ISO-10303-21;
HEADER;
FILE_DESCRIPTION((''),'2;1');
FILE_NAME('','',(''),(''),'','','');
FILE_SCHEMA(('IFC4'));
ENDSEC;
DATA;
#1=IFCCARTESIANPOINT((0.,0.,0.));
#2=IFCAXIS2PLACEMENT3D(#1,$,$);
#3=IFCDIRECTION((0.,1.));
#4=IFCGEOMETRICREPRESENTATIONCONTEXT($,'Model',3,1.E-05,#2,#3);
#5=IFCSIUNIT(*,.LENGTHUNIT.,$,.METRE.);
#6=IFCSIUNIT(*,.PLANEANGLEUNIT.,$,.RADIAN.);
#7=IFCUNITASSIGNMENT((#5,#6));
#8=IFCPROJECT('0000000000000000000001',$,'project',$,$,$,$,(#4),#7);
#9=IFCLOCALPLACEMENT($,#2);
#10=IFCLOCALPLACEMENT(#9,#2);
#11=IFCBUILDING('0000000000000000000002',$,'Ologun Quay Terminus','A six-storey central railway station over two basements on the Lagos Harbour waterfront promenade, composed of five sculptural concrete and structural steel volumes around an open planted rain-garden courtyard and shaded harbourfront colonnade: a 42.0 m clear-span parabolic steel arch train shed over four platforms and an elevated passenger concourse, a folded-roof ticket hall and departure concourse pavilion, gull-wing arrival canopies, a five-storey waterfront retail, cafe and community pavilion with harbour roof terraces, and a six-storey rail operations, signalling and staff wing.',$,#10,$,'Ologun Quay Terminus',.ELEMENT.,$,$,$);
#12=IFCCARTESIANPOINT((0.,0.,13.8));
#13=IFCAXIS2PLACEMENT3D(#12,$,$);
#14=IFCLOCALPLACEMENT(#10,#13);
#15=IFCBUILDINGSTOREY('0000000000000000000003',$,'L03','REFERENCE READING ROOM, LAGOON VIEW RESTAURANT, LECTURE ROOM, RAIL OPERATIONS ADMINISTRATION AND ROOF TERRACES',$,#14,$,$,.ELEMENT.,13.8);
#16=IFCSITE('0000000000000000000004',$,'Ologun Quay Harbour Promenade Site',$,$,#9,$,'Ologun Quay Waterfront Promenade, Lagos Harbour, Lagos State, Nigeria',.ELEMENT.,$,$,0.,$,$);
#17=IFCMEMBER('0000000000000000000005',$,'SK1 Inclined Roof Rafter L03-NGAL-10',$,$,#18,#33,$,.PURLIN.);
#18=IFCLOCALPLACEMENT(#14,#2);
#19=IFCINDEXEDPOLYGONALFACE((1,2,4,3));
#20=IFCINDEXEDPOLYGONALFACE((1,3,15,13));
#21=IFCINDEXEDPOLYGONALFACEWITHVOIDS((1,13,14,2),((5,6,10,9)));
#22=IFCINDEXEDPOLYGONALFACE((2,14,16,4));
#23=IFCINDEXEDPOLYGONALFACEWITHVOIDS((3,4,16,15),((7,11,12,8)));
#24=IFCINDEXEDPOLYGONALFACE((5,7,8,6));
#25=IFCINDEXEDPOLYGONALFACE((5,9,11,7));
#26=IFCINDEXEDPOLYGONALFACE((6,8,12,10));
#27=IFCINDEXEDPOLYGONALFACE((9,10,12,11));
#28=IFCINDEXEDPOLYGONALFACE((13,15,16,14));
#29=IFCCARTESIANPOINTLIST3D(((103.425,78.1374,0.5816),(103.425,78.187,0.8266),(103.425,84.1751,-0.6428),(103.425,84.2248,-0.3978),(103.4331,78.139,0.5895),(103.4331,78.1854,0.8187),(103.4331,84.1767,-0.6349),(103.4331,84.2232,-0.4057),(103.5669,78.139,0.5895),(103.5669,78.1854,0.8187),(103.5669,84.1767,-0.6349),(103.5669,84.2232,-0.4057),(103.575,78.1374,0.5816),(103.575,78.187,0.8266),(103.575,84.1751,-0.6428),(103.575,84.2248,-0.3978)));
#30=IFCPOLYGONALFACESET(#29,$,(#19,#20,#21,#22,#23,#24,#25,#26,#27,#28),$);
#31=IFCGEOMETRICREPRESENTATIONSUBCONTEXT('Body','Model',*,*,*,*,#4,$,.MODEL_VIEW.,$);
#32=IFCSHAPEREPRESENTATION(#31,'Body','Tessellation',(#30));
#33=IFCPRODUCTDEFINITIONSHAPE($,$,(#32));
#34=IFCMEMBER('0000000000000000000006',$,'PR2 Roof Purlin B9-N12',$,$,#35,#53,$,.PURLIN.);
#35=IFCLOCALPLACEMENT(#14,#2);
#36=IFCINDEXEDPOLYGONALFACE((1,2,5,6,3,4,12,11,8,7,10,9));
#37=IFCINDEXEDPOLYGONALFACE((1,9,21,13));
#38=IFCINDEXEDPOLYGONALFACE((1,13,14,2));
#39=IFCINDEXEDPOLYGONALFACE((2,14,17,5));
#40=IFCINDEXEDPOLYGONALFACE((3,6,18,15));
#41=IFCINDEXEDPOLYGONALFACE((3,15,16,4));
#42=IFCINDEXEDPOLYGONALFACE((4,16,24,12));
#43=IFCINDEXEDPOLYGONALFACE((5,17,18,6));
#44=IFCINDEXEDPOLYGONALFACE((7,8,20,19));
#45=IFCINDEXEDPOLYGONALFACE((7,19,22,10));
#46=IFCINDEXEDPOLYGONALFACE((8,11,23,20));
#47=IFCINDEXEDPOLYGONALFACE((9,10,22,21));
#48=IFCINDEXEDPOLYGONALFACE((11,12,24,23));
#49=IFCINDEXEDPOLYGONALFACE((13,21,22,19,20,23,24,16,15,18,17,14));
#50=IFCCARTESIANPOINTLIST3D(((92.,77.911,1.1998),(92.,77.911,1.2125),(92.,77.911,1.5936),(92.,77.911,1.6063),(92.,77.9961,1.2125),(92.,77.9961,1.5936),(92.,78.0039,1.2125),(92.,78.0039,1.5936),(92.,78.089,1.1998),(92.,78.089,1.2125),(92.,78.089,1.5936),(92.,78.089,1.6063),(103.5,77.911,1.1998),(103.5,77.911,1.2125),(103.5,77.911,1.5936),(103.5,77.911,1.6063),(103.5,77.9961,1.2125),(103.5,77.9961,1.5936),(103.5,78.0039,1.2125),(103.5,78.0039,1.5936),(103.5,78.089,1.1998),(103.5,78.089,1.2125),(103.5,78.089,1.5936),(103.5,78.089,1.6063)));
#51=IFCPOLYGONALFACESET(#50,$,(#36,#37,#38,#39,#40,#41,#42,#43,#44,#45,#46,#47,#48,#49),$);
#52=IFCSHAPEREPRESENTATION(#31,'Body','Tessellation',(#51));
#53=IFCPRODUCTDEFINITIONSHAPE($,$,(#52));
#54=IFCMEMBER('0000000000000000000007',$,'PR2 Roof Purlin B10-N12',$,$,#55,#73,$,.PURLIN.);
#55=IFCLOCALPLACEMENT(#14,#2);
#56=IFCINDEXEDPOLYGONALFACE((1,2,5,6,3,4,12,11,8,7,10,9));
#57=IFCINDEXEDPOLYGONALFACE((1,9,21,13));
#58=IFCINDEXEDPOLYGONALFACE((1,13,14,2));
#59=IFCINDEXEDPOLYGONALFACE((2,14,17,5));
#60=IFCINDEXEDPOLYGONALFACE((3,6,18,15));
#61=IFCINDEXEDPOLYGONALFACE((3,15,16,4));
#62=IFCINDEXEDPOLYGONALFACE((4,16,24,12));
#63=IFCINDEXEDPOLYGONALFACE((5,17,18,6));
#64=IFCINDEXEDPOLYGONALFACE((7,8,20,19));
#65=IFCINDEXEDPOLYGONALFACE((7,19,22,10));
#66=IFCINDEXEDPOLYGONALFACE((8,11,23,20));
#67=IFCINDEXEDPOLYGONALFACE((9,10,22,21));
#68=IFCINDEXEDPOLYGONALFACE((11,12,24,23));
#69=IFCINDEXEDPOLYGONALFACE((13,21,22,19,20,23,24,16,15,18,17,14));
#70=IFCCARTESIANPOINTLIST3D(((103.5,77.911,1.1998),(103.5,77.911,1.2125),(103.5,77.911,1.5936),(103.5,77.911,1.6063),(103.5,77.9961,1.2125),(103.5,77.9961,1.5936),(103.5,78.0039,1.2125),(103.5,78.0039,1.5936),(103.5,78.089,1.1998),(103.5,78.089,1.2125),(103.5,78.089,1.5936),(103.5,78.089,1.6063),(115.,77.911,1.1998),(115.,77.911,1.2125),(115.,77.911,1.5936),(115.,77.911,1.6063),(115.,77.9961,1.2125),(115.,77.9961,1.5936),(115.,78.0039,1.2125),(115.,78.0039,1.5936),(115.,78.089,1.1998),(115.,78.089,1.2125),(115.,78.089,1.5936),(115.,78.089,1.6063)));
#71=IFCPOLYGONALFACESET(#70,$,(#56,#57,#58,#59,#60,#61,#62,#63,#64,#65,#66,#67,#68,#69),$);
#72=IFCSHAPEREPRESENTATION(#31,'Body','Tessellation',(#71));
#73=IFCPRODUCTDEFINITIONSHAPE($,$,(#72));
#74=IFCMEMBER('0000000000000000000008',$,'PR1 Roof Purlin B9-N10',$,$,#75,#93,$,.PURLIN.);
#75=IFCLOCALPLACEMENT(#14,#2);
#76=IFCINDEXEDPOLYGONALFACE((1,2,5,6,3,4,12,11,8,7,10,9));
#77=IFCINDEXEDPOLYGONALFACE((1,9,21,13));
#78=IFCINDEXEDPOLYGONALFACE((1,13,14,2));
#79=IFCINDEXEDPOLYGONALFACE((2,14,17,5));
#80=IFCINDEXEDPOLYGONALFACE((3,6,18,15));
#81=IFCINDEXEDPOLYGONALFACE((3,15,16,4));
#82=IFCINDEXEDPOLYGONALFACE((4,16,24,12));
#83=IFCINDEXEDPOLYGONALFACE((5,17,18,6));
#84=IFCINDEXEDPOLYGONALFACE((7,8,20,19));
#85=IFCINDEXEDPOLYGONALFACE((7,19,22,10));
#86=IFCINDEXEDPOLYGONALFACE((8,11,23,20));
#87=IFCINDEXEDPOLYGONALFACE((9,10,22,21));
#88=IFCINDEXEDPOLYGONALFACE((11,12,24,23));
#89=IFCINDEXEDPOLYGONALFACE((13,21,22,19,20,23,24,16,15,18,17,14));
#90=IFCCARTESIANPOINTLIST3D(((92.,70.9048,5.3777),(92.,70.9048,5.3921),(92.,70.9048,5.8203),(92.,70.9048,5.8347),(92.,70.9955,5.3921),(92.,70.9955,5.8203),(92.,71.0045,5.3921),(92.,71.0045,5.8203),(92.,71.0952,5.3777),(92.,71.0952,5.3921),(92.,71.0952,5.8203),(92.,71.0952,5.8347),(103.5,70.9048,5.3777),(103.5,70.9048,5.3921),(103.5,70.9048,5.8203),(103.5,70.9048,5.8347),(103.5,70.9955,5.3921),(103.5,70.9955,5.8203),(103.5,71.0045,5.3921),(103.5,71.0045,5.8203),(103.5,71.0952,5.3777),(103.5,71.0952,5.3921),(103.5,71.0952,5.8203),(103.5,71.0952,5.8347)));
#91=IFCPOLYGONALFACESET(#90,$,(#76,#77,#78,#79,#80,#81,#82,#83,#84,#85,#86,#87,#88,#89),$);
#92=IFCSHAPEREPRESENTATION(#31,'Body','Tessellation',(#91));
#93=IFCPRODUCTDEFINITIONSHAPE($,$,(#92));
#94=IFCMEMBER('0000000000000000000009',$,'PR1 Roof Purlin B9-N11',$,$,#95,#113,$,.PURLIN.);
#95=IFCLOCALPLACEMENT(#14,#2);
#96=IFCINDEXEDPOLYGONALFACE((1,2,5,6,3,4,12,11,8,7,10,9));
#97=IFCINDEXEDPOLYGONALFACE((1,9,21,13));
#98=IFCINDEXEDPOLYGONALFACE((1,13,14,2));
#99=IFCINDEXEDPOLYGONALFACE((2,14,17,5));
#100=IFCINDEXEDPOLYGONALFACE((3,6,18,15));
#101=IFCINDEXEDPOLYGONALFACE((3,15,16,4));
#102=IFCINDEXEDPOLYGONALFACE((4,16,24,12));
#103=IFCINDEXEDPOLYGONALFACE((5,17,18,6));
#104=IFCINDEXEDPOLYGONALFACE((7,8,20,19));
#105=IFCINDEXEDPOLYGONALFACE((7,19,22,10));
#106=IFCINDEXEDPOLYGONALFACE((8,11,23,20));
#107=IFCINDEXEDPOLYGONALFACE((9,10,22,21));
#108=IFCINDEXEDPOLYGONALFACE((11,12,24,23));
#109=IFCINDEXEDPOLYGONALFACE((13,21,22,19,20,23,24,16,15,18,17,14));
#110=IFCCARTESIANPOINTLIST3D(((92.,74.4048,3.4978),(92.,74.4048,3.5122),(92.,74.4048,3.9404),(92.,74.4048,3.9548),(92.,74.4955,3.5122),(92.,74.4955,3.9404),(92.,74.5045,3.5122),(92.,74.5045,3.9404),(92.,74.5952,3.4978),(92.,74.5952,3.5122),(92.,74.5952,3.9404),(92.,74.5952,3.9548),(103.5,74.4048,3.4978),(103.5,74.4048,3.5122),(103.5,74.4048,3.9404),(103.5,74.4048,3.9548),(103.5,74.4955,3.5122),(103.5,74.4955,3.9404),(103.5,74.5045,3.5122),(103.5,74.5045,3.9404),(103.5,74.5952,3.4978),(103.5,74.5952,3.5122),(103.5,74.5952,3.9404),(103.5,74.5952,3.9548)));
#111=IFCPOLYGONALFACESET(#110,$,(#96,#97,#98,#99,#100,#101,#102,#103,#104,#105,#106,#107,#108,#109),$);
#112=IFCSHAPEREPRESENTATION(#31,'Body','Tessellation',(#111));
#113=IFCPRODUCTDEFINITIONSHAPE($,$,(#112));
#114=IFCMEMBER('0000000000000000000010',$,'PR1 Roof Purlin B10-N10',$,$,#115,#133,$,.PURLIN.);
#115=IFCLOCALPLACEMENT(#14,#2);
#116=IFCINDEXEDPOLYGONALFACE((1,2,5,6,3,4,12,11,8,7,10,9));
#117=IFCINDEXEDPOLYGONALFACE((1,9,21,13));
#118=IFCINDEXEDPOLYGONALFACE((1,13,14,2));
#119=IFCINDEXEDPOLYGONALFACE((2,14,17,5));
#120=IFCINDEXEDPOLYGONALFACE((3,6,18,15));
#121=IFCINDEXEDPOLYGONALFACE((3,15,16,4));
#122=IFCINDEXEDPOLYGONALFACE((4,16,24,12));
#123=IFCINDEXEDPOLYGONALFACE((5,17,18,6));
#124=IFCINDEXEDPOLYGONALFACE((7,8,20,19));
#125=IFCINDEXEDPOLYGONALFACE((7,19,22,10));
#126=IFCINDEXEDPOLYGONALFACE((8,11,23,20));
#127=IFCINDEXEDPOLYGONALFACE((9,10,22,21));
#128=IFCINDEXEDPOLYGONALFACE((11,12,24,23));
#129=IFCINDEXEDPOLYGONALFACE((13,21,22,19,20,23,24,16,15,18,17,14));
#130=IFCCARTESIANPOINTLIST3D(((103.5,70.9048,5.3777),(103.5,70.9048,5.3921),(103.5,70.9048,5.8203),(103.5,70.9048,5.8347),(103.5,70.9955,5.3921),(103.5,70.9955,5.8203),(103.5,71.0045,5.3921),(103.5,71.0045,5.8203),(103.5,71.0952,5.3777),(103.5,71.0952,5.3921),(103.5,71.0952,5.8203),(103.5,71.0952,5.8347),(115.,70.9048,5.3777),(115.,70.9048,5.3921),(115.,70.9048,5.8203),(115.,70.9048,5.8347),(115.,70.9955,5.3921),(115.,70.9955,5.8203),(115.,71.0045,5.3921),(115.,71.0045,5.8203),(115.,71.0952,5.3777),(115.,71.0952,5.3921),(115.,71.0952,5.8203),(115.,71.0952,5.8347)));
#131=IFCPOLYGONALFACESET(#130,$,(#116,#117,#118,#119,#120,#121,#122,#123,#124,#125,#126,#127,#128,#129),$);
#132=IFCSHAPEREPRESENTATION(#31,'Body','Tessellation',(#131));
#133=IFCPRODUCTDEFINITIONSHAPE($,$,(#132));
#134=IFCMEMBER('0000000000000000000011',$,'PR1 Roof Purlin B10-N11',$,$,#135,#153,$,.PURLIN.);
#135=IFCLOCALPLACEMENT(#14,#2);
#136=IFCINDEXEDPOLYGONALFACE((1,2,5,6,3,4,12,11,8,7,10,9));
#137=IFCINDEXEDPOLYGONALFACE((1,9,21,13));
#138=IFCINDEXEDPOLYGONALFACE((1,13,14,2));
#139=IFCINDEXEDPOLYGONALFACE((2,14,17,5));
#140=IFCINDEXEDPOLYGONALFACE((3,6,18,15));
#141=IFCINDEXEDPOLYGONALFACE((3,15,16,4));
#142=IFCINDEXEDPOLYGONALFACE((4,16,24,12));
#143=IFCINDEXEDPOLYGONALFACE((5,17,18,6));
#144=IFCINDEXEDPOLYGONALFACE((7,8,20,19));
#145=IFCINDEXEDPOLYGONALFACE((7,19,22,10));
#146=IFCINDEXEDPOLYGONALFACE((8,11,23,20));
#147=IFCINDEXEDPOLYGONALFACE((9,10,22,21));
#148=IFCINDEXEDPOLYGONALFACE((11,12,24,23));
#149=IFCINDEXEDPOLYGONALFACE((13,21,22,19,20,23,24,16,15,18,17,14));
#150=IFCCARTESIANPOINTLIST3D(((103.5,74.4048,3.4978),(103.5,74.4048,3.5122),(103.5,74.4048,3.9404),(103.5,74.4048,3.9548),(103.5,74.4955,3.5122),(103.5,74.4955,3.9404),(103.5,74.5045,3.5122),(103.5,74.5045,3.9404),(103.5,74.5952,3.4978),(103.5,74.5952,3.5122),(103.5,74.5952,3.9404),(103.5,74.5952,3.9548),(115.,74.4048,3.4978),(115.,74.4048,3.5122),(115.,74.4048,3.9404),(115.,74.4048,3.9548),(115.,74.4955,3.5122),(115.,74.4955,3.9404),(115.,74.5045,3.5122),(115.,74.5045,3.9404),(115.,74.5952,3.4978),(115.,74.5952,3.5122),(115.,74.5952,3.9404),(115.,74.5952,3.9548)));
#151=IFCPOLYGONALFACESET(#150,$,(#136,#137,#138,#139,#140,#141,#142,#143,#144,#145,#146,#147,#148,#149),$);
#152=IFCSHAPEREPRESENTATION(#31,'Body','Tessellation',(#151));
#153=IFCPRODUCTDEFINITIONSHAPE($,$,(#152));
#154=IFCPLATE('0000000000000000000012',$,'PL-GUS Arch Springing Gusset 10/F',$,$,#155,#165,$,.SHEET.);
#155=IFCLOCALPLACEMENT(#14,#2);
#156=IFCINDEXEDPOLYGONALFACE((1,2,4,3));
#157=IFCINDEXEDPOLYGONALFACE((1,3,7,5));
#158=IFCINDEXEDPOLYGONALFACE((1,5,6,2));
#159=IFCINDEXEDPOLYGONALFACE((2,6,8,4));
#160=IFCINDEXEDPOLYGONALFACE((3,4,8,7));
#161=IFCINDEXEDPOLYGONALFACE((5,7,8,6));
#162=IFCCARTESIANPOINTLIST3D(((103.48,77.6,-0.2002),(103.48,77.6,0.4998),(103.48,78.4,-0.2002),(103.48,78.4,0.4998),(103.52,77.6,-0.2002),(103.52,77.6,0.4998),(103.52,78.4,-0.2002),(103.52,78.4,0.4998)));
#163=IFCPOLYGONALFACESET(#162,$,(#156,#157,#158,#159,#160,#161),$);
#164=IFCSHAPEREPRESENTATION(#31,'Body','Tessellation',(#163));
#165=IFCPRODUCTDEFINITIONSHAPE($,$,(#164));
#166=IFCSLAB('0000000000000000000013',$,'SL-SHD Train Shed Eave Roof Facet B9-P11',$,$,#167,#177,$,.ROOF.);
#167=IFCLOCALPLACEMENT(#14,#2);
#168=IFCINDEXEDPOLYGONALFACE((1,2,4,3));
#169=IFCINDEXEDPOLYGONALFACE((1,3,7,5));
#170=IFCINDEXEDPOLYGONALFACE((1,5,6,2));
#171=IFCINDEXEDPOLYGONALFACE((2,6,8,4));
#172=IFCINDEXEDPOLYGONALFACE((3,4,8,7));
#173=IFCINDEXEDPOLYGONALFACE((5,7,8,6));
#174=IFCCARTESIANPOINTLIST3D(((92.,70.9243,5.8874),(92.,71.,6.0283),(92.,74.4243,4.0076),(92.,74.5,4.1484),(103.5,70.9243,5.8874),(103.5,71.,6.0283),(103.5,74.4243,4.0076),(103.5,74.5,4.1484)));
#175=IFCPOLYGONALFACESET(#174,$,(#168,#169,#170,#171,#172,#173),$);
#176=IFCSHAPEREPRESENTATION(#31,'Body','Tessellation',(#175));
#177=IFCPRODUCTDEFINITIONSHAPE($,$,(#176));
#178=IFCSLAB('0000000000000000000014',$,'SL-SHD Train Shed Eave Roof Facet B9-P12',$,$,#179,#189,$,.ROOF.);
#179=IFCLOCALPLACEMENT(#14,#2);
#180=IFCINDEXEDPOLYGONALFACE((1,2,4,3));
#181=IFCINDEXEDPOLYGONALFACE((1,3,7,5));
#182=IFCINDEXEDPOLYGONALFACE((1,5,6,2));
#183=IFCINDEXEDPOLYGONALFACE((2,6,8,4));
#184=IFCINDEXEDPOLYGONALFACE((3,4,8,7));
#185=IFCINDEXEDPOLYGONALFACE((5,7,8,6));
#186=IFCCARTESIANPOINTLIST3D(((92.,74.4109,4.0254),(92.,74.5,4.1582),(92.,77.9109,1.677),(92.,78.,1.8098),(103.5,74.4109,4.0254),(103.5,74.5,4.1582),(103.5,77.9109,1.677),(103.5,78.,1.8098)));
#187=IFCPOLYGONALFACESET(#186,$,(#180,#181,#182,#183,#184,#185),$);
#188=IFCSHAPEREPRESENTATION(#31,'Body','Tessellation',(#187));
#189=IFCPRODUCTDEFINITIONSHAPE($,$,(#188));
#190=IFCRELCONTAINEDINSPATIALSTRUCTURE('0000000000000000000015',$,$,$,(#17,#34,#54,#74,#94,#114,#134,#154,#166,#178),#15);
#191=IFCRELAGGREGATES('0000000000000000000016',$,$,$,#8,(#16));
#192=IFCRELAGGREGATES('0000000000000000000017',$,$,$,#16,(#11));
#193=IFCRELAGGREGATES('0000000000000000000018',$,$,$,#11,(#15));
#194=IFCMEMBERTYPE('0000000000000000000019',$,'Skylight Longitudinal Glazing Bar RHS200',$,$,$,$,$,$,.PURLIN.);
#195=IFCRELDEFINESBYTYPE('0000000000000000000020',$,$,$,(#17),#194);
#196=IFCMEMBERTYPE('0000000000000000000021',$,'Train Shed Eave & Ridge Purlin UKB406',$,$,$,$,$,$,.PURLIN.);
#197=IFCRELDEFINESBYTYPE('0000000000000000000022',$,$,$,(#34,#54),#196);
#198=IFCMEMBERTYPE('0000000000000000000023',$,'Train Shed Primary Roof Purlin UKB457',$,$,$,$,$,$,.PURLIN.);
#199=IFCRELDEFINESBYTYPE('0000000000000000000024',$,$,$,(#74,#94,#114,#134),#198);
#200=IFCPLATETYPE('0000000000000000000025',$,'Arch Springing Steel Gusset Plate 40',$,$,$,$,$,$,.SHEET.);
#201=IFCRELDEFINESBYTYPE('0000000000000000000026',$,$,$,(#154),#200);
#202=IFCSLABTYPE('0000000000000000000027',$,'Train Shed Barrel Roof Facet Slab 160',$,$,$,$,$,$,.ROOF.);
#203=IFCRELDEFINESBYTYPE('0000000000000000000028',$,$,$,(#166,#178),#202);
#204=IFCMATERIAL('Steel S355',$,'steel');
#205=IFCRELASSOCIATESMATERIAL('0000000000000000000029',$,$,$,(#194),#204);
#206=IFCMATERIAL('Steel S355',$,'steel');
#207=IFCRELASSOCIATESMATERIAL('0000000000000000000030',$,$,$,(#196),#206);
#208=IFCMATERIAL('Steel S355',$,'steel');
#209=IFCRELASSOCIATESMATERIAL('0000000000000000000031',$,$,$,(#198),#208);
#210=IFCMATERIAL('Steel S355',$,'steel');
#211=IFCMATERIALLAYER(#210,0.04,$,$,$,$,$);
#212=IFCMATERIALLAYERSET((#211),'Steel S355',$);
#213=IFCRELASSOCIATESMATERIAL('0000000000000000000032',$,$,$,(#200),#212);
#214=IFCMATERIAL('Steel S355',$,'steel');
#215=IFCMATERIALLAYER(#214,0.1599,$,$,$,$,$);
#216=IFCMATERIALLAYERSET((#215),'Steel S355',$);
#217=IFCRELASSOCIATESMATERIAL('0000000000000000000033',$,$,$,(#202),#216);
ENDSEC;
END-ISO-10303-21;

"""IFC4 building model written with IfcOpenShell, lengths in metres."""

from ifc_helpers import new_model, si_unit, direction, frame, origin, origin_2d, place, context, subcontext, project, spatial, polyline, rectangle, hollow_rectangle, i_section, outline, extrude, material, layer, layer_set, material_profile, profile_set, type_object, element, save


model = new_model("IFC4")

# Units and contexts
model_context = context("Model", 3, precision=1e-05, world=origin(), true_north=direction((0.0, 1.0)))
body_context = subcontext(model_context, "Body", "Model", "MODEL_VIEW")
ifc_project = project(units=[si_unit("LENGTHUNIT", "METRE"), si_unit("PLANEANGLEUNIT", "RADIAN")], contexts=[model_context])

# Site, building, storey
site_placement = place(None, origin())
site = spatial("IfcSite", under=ifc_project, at=site_placement, Name="Ologun Quay Harbour Promenade Site", LongName="Ologun Quay Waterfront Promenade, Lagos Harbour, Lagos State, Nigeria", CompositionType="ELEMENT", RefElevation=0.0)
building_placement = place(site_placement, origin())
building = spatial("IfcBuilding", under=site, at=building_placement, Name="Ologun Quay Terminus", Description="A six-storey central railway station over two basements on the Lagos Harbour waterfront promenade, composed of five sculptural concrete and structural steel volumes around an open planted rain-garden courtyard and shaded harbourfront colonnade: a 42.0 m clear-span parabolic steel arch train shed over four platforms and an elevated passenger concourse, a folded-roof ticket hall and departure concourse pavilion, gull-wing arrival canopies, a five-storey waterfront retail, cafe and community pavilion with harbour roof terraces, and a six-storey rail operations, signalling and staff wing.", LongName="Ologun Quay Terminus", CompositionType="ELEMENT")
storey_placement = place(building_placement, frame((0.0, 0.0, 13.8)))
storey = spatial("IfcBuildingStorey", under=building, at=storey_placement, Name="L03", Description="REFERENCE READING ROOM, LAGOON VIEW RESTAURANT, LECTURE ROOM, RAIL OPERATIONS ADMINISTRATION AND ROOF TERRACES", CompositionType="ELEMENT", Elevation=13.8)

# Members
ifc_material_1 = material(Name="Steel S355", Category="steel")
ifc_material_profile_1 = material_profile(ifc_material_1, hollow_rectangle(XDim=0.1499, YDim=0.25, WallThickness=0.0081, at=origin_2d()), Name="RHS 250x150x8")
ifc_profile_set_1 = profile_set([ifc_material_profile_1], Name="Steel S355")
member_type_1 = type_object("IfcMemberType", Name="Skylight Longitudinal Glazing Bar RHS200", PredefinedType="PURLIN", material=ifc_profile_set_1)
member_1_placement = place(storey_placement, frame((103.5, 84.2, -0.5203), z_axis=(0.0, -0.980053, 0.198737), x_axis=(1.0, 0.0, 0.0)))
element("IfcMember", 1, at=member_1_placement, inside=storey, type_object=member_type_1, Name="SK1 Inclined Roof Rafter L03-NGAL-10", PredefinedType="PURLIN", context=body_context, shape_type="SweptSolid", body=[
    extrude(hollow_rectangle(XDim=0.1499, YDim=0.25, WallThickness=0.0081, at=origin_2d()), origin(), (0.0, 0.0, 1.0), 6.1606),
])
ifc_material_2 = material(Name="Steel S355", Category="steel")
ifc_material_profile_2 = material_profile(ifc_material_2, i_section(OverallWidth=0.178, OverallDepth=0.4065, WebThickness=0.0078, FlangeThickness=0.0127, at=origin_2d()), Name="UKB 406x178x60")
ifc_profile_set_2 = profile_set([ifc_material_profile_2], Name="Steel S355")
member_type_2 = type_object("IfcMemberType", Name="Train Shed Eave & Ridge Purlin UKB406", PredefinedType="PURLIN", material=ifc_profile_set_2)
for number, where, z_axis, x_axis, name in (
    (2, (92.0, 78.0, 1.4031), (1.0, 0.0, 0.0), (0.0, 1.0, 0.0), "PR2 Roof Purlin B9-N12"),
    (3, (103.5, 78.0, 1.4031), (1.0, 0.0, 0.0), (0.0, 1.0, 0.0), "PR2 Roof Purlin B10-N12"),
):
    element("IfcMember", number, at=place(storey_placement, frame(where, z_axis=z_axis, x_axis=x_axis)), inside=storey, type_object=member_type_2, Name=name, PredefinedType="PURLIN", context=body_context, shape_type="SweptSolid", body=[
        extrude(i_section(OverallWidth=0.178, OverallDepth=0.4065, WebThickness=0.0078, FlangeThickness=0.0127, at=origin_2d()), origin(), (0.0, 0.0, 1.0), 11.5),
    ])
ifc_material_3 = material(Name="Steel S355", Category="steel")
ifc_material_profile_3 = material_profile(ifc_material_3, i_section(OverallWidth=0.1904, OverallDepth=0.457, WebThickness=0.009, FlangeThickness=0.0144, at=origin_2d()), Name="UKB 457x191x74")
ifc_profile_set_3 = profile_set([ifc_material_profile_3], Name="Steel S355")
member_type_3 = type_object("IfcMemberType", Name="Train Shed Primary Roof Purlin UKB457", PredefinedType="PURLIN", material=ifc_profile_set_3)
for number, where, z_axis, x_axis, name in (
    (4, (92.0, 71.0, 5.6062), (1.0, 0.0, 0.0), (0.0, 1.0, 0.0), "PR1 Roof Purlin B9-N10"),
    (5, (92.0, 74.5, 3.7263), (1.0, 0.0, 0.0), (0.0, 1.0, 0.0), "PR1 Roof Purlin B9-N11"),
    (6, (103.5, 71.0, 5.6062), (1.0, 0.0, 0.0), (0.0, 1.0, 0.0), "PR1 Roof Purlin B10-N10"),
    (7, (103.5, 74.5, 3.7263), (1.0, 0.0, 0.0), (0.0, 1.0, 0.0), "PR1 Roof Purlin B10-N11"),
):
    element("IfcMember", number, at=place(storey_placement, frame(where, z_axis=z_axis, x_axis=x_axis)), inside=storey, type_object=member_type_3, Name=name, PredefinedType="PURLIN", context=body_context, shape_type="SweptSolid", body=[
        extrude(i_section(OverallWidth=0.1904, OverallDepth=0.457, WebThickness=0.009, FlangeThickness=0.0144, at=origin_2d()), origin(), (0.0, 0.0, 1.0), 11.5),
    ])

# Plate
ifc_material_4 = material(Name="Steel S355", Category="steel")
ifc_layer_1 = layer(ifc_material_4, 0.04)
ifc_layer_set_1 = layer_set([ifc_layer_1], Name="Steel S355")
plate_type = type_object("IfcPlateType", Name="Arch Springing Steel Gusset Plate 40", PredefinedType="SHEET", material=ifc_layer_set_1)
plate_placement = place(storey_placement, frame((103.5, 78.0, -0.2002), z_axis=(0.0, 0.0, 1.0), x_axis=(0.0, 1.0, 0.0)))
element("IfcPlate", 8, at=plate_placement, inside=storey, type_object=plate_type, Name="PL-GUS Arch Springing Gusset 10/F", PredefinedType="SHEET", context=body_context, shape_type="SweptSolid", body=[
    extrude(rectangle(XDim=0.8, YDim=0.04, at=origin_2d()), origin(), (0.0, 0.0, 1.0), 0.7),
])

# Slabs
ifc_material_5 = material(Name="Steel S355", Category="steel")
ifc_layer_2 = layer(ifc_material_5, 0.1599)
ifc_layer_set_2 = layer_set([ifc_layer_2], Name="Steel S355")
slab_type = type_object("IfcSlabType", Name="Train Shed Barrel Roof Facet Slab 160", PredefinedType="ROOF", material=ifc_layer_set_2)
slab_1_placement = place(storey_placement, frame((92.0, 71.0, 6.0283), z_axis=(0.0, 0.473176, 0.880968), x_axis=(1.0, 0.0, 0.0)))
element("IfcSlab", 9, at=slab_1_placement, inside=storey, type_object=slab_type, Name="SL-SHD Train Shed Eave Roof Facet B9-P11", PredefinedType="ROOF", context=body_context, shape_type="SweptSolid", body=[
    extrude(outline(polyline([(0.0, 0.0), (11.5, 0.0), (11.5, 3.9729), (0.0, 3.9729), (0.0, 0.0)])), origin(), (0.0, 0.0, -1.0), 0.1599),
])
slab_2_placement = place(storey_placement, frame((92.0, 74.5, 4.1582), z_axis=(0.0, 0.557171, 0.830398), x_axis=(1.0, 0.0, 0.0)))
element("IfcSlab", 10, at=slab_2_placement, inside=storey, type_object=slab_type, Name="SL-SHD Train Shed Eave Roof Facet B9-P12", PredefinedType="ROOF", context=body_context, shape_type="SweptSolid", body=[
    extrude(outline(polyline([(0.0, 0.0), (11.5, 0.0), (11.5, 4.2148), (0.0, 4.2148), (0.0, 0.0)])), origin(), (0.0, 0.0, -1.0), 0.1599),
])

save(model, "model.ifc")
